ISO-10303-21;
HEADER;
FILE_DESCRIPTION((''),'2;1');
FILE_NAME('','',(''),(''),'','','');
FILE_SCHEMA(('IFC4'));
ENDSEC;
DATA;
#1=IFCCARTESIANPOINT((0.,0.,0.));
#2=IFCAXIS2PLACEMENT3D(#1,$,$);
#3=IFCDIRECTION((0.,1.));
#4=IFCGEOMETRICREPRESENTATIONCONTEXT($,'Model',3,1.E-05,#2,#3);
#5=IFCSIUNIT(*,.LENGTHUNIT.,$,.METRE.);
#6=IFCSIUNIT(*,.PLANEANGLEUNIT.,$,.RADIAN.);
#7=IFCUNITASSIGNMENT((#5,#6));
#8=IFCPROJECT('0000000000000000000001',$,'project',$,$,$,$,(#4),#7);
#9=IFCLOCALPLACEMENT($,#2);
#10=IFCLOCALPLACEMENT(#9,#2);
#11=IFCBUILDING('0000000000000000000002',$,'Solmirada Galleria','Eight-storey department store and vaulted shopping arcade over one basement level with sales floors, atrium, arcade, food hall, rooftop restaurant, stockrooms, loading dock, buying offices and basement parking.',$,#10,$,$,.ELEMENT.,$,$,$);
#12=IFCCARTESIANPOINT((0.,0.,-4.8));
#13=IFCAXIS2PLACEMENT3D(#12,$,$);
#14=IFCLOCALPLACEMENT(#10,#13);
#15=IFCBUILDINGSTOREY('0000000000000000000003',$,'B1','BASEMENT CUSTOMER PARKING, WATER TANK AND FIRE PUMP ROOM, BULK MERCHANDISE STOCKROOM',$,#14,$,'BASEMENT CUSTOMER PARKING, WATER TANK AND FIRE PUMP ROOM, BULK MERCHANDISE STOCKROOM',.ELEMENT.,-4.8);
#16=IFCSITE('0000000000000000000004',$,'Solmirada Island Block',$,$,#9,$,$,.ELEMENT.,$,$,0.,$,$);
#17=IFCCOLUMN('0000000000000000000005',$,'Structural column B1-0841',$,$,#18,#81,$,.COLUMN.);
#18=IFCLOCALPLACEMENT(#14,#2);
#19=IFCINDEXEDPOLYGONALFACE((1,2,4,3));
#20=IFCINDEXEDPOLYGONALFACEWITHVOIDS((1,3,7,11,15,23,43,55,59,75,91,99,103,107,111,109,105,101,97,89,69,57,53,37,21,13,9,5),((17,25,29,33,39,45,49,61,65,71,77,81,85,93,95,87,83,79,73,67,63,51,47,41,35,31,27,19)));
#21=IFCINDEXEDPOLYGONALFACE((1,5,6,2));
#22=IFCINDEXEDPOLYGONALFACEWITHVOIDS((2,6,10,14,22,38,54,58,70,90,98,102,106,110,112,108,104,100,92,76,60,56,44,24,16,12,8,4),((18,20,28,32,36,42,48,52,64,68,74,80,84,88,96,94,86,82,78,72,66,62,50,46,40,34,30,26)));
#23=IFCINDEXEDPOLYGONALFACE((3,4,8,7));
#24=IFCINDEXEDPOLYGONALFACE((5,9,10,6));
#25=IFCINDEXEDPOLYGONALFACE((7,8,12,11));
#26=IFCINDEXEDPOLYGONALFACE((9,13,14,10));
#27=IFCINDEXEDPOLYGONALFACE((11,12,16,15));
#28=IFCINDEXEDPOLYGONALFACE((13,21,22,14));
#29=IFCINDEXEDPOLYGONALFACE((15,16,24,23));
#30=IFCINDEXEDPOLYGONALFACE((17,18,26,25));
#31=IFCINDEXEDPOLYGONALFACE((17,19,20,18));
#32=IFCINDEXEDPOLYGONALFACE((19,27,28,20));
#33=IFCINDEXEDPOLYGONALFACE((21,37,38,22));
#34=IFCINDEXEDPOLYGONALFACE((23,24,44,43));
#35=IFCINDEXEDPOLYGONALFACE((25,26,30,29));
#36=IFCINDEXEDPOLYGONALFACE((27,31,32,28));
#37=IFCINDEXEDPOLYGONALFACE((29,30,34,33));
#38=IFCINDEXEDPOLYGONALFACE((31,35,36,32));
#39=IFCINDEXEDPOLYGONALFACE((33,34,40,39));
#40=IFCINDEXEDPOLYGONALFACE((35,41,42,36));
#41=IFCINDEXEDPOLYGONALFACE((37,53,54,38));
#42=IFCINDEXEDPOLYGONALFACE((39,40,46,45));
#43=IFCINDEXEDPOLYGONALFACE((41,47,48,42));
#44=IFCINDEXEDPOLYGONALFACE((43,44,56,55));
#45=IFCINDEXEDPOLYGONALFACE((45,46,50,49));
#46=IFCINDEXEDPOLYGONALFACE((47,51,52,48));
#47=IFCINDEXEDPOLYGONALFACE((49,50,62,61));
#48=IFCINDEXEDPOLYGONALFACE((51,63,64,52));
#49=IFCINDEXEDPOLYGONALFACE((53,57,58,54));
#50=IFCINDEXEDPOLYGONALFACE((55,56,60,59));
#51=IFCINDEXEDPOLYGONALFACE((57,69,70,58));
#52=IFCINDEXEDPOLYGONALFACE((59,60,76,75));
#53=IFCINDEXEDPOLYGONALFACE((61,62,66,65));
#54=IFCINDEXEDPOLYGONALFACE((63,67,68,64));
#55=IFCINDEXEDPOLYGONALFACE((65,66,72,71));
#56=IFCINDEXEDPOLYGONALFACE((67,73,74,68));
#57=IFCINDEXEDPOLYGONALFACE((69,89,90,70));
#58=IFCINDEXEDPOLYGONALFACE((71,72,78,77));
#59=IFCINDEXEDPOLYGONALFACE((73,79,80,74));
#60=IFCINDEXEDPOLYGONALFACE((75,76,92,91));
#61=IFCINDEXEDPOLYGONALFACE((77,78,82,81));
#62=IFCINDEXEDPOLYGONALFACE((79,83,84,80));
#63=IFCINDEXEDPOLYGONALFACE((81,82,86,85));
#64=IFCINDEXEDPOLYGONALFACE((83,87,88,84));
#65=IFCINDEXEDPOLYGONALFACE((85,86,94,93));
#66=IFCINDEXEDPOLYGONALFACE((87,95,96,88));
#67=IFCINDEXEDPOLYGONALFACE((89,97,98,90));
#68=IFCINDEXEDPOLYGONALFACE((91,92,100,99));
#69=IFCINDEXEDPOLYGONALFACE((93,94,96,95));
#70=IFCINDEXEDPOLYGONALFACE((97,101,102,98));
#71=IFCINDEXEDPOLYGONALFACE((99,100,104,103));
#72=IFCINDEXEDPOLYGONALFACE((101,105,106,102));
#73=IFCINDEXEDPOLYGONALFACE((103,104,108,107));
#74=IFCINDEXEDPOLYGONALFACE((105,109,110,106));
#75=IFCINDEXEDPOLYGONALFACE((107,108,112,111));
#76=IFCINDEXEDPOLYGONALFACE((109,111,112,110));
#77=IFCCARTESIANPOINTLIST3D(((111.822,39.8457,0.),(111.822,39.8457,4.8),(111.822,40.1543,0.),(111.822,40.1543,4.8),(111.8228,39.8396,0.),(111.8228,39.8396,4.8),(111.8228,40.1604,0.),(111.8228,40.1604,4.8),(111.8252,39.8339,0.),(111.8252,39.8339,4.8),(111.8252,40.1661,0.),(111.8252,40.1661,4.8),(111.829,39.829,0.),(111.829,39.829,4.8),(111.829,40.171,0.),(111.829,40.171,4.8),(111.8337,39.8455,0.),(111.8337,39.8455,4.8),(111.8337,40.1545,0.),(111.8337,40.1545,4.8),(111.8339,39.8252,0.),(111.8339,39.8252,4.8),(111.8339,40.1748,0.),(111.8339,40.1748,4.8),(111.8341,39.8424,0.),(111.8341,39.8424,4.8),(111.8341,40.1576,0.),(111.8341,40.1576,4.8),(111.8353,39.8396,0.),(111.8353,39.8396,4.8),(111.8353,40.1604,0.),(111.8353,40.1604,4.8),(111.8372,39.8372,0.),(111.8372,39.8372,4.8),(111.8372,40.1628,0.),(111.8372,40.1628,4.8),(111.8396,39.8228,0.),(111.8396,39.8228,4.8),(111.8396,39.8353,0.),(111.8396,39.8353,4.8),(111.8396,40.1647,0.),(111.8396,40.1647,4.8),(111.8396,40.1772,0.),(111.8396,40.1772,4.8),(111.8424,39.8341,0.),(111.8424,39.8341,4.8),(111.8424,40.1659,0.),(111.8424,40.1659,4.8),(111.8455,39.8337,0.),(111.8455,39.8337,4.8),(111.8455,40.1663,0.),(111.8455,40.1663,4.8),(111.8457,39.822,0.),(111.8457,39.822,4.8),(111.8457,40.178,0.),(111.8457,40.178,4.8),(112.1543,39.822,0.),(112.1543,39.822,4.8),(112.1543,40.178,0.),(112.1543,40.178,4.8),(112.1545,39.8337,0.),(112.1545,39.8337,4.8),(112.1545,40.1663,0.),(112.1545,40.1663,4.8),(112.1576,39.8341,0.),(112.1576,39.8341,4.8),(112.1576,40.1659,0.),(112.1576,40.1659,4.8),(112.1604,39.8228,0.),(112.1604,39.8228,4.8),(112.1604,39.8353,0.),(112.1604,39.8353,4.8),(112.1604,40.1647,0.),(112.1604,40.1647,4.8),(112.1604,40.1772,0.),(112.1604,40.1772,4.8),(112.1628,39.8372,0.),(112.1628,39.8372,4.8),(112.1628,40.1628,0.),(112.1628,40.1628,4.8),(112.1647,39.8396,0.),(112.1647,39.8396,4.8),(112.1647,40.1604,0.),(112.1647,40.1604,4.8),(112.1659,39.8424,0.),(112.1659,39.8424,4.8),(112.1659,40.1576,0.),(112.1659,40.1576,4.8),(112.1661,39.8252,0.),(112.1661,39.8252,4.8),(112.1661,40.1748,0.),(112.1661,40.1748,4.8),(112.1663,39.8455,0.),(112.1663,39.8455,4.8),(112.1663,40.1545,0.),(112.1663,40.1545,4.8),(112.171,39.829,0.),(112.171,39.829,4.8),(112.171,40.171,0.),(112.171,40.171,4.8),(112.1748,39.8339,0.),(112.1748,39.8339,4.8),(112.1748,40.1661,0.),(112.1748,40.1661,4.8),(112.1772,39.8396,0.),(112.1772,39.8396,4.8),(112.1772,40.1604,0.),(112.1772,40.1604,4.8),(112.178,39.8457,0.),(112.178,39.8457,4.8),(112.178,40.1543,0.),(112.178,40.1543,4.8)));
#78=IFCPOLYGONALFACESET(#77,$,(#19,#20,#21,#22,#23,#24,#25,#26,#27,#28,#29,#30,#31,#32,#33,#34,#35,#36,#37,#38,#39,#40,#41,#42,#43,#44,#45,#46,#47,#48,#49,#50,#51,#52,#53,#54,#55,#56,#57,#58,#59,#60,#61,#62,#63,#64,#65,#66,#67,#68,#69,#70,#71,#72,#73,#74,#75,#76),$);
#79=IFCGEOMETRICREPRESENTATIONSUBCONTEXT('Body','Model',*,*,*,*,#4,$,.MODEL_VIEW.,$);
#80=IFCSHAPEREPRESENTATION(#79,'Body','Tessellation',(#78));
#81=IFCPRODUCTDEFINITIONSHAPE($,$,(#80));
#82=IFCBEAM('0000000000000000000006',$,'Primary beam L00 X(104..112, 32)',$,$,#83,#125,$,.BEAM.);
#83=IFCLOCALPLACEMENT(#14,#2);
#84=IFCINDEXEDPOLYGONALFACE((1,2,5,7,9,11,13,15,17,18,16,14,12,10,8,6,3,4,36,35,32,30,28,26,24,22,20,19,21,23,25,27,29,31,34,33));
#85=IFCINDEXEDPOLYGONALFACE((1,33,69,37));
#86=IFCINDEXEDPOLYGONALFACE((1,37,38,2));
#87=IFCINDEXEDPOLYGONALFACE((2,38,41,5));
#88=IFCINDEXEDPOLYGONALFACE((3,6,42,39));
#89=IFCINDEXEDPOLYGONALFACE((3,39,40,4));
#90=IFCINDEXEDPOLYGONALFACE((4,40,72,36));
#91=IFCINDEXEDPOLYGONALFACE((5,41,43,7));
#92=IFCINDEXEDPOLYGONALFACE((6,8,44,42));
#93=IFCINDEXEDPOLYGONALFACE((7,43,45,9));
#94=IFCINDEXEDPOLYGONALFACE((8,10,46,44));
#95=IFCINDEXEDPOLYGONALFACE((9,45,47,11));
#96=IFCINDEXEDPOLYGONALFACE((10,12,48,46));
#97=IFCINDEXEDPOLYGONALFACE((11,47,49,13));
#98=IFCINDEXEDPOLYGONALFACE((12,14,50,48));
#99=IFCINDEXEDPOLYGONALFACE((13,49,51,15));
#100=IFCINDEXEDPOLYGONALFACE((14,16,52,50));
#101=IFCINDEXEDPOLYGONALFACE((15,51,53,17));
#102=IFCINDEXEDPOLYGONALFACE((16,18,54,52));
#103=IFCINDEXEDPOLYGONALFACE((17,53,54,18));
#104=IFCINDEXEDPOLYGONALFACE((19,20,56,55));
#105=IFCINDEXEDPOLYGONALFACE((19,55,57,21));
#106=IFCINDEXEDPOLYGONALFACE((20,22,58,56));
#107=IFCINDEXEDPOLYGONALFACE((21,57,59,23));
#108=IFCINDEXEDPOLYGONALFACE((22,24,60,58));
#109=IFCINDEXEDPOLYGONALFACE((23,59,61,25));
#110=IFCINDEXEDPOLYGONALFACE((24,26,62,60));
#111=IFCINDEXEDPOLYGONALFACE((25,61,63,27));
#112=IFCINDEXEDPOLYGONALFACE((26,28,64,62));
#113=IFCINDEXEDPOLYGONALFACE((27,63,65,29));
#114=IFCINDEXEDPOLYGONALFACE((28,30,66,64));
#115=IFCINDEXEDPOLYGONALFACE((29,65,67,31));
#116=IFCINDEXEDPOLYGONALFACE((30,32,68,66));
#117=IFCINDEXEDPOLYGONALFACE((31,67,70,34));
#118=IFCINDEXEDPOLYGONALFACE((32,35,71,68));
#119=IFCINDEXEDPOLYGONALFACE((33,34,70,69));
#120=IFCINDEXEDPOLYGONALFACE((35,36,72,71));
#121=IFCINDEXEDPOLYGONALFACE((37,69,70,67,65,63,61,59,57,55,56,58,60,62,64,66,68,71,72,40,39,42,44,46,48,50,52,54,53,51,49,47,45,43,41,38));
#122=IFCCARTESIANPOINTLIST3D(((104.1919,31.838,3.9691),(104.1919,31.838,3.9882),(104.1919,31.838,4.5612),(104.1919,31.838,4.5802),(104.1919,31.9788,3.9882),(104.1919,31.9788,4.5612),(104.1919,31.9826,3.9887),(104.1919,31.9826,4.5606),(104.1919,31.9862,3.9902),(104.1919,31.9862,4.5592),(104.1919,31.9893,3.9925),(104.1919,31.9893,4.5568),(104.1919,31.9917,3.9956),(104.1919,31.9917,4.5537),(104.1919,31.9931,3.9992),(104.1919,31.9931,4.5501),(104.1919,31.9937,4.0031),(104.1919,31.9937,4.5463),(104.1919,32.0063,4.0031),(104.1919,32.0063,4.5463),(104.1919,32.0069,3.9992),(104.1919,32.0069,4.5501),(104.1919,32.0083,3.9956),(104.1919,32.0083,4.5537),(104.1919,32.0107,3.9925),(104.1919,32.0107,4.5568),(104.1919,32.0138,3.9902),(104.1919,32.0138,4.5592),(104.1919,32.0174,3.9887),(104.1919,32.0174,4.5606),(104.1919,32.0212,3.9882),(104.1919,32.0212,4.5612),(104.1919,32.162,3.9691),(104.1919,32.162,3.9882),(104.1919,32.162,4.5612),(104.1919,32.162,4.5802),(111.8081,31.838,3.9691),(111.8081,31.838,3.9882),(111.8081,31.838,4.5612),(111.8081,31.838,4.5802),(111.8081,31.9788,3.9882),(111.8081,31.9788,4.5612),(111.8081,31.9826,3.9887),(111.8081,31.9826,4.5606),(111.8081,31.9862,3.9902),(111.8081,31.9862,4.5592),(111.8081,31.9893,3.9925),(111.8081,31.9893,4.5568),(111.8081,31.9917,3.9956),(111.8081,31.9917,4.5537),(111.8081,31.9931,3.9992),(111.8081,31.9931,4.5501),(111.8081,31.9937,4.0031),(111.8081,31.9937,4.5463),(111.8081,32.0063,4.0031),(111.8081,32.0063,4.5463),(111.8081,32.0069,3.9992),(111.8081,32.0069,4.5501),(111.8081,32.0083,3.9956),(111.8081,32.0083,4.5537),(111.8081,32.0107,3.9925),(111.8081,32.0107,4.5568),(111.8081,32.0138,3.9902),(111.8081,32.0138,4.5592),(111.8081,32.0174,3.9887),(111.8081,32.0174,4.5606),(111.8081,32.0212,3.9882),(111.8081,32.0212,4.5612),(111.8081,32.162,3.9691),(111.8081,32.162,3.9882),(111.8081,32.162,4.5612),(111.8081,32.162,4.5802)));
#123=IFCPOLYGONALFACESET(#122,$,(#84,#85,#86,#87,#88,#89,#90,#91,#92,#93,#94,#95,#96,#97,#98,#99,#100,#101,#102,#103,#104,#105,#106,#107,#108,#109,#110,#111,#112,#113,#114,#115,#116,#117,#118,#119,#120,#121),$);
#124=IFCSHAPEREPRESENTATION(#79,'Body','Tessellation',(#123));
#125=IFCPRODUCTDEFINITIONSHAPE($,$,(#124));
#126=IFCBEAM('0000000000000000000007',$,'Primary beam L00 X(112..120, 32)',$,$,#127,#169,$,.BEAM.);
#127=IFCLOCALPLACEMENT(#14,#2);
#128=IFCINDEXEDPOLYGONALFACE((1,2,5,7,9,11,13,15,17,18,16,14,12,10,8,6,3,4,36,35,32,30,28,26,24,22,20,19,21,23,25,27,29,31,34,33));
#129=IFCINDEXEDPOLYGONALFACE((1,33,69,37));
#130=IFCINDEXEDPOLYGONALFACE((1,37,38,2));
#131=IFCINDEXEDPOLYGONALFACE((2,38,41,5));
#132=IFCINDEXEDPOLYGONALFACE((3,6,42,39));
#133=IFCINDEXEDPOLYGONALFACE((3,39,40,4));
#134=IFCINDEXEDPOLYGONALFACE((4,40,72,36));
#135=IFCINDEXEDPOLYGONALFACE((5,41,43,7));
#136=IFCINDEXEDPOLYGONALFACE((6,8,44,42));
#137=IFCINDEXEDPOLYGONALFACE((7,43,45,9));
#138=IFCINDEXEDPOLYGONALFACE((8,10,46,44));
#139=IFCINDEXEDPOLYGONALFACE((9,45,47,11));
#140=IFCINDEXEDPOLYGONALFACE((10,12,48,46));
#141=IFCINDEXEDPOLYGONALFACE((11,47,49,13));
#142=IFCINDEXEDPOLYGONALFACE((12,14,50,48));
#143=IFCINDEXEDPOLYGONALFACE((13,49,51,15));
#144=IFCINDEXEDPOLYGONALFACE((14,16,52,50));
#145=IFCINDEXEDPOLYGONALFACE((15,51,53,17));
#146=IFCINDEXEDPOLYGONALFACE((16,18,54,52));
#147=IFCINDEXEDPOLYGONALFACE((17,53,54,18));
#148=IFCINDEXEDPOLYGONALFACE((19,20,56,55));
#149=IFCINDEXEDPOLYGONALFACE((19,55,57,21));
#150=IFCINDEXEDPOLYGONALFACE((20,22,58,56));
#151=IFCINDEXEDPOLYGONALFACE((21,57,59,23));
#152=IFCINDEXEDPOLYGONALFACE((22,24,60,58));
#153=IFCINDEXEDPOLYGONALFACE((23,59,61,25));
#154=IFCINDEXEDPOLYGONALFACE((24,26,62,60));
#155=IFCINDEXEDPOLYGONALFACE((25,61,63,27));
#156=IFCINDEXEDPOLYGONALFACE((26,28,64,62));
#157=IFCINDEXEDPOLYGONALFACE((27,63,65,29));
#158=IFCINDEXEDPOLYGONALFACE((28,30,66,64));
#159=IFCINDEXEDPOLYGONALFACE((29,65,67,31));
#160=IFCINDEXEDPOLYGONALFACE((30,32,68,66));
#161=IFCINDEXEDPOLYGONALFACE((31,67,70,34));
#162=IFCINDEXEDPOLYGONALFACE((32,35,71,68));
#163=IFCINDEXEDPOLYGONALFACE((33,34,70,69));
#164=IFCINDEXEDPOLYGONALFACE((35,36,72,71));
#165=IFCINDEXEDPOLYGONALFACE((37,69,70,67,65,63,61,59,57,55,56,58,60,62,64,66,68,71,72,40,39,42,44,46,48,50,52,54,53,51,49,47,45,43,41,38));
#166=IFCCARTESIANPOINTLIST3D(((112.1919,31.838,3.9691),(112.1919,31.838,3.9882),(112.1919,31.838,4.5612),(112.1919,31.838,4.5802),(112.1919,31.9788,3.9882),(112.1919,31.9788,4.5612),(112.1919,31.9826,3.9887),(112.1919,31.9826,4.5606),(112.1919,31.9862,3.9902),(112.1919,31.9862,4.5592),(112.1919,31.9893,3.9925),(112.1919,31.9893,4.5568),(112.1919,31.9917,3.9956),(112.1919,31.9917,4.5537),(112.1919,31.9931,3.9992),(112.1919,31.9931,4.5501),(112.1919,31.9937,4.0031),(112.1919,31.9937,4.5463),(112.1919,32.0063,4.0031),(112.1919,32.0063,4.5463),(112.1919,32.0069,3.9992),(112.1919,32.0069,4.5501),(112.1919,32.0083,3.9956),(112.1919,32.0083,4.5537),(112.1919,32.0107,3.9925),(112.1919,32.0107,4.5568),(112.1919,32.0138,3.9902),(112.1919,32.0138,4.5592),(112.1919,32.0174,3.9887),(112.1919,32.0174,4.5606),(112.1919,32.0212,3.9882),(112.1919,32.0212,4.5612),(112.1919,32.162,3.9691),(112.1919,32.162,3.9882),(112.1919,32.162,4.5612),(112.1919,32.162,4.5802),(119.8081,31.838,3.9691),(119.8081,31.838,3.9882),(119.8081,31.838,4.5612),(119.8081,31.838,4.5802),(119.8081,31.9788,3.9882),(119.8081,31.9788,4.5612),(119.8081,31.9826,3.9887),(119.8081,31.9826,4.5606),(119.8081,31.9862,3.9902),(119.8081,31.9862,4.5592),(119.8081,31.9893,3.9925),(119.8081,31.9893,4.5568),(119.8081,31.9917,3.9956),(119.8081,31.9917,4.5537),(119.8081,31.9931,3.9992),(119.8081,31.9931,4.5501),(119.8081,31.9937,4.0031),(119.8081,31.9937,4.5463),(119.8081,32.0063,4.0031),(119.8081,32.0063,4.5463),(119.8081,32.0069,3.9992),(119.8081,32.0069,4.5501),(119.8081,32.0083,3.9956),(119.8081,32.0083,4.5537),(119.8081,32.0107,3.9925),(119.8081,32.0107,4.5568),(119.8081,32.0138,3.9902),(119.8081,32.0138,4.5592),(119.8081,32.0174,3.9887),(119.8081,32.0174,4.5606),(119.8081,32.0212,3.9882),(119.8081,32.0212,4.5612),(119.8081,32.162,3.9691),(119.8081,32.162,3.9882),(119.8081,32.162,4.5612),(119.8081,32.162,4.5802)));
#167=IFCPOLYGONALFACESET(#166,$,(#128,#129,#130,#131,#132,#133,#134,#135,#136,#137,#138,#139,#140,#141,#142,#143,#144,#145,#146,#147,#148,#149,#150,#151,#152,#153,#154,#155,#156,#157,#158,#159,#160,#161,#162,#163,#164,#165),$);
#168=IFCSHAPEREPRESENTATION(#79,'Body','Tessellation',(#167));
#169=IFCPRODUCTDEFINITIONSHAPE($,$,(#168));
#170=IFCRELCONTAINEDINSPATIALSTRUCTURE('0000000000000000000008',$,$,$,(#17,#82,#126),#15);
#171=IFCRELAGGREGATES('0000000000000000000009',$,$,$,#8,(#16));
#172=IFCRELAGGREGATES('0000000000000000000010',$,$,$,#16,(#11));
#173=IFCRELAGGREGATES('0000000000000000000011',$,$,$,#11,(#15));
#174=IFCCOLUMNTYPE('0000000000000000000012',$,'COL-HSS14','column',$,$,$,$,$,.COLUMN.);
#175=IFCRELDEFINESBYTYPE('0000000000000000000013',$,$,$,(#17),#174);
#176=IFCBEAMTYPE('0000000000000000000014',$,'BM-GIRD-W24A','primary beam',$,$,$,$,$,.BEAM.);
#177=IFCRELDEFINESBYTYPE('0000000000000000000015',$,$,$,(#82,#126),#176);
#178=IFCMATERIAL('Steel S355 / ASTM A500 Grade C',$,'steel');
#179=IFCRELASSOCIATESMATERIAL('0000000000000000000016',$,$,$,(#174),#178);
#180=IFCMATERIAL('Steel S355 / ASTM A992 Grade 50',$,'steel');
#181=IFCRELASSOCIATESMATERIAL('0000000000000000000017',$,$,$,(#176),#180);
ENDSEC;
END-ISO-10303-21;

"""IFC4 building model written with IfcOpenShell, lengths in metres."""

from ifc_helpers import new_model, si_unit, direction, frame, origin, origin_2d, place, context, subcontext, project, spatial, hollow_rectangle, i_section, extrude, material, material_profile, profile_set, type_object, element, save


model = new_model("IFC4")

# Units and contexts
model_context = context("Model", 3, precision=1e-05, world=origin(), true_north=direction((0.0, 1.0)))
body_context = subcontext(model_context, "Body", "Model", "MODEL_VIEW")
ifc_project = project(units=[si_unit("LENGTHUNIT", "METRE"), si_unit("PLANEANGLEUNIT", "RADIAN")], contexts=[model_context])

# Site, building, storey
site_placement = place(None, origin())
site = spatial("IfcSite", under=ifc_project, at=site_placement, Name="Solmirada Island Block", CompositionType="ELEMENT", RefElevation=0.0)
building_placement = place(site_placement, origin())
building = spatial("IfcBuilding", under=site, at=building_placement, Name="Solmirada Galleria", Description="Eight-storey department store and vaulted shopping arcade over one basement level with sales floors, atrium, arcade, food hall, rooftop restaurant, stockrooms, loading dock, buying offices and basement parking.", CompositionType="ELEMENT")
storey_placement = place(building_placement, frame((0.0, 0.0, -4.8)))
storey = spatial("IfcBuildingStorey", under=building, at=storey_placement, Name="B1", Description="BASEMENT CUSTOMER PARKING, WATER TANK AND FIRE PUMP ROOM, BULK MERCHANDISE STOCKROOM", LongName="BASEMENT CUSTOMER PARKING, WATER TANK AND FIRE PUMP ROOM, BULK MERCHANDISE STOCKROOM", CompositionType="ELEMENT", Elevation=-4.8)

# Column
ifc_material_1 = material(Name="Steel S355 / ASTM A500 Grade C", Category="steel")
ifc_material_profile_1 = material_profile(ifc_material_1, hollow_rectangle(XDim=0.356, YDim=0.356, WallThickness=0.0117, InnerFilletRadius=0.0117, OuterFilletRadius=0.0237, at=origin_2d()), Name="HSS14X14X1/2")
ifc_profile_set_1 = profile_set([ifc_material_profile_1], Name="Steel S355 / ASTM A500 Grade C")
column_type_1 = type_object("IfcColumnType", Name="COL-HSS14", Description="column", PredefinedType="COLUMN", material=ifc_profile_set_1)
for number, where, z_axis, x_axis, name in (
    (1, (112.0, 40.0, 0.0), (0.0, 0.0, 1.0), (1.0, 0.0, 0.0), "Structural column B1-0841"),
):
    element("IfcColumn", number, at=place(storey_placement, frame(where, z_axis=z_axis, x_axis=x_axis)), inside=storey, type_object=column_type_1, Name=name, PredefinedType="COLUMN", context=body_context, shape_type="SweptSolid", body=[
        extrude(hollow_rectangle(XDim=0.356, YDim=0.356, WallThickness=0.0117, InnerFilletRadius=0.0117, OuterFilletRadius=0.0237, at=origin_2d()), origin(), (0.0, 0.0, 1.0), 4.8),
    ])

# Beams
ifc_material_2 = material(Name="Steel S355 / ASTM A992 Grade 50", Category="steel")
ifc_material_profile_2 = material_profile(ifc_material_2, i_section(OverallWidth=0.324, OverallDepth=0.6111, WebThickness=0.0127, FlangeThickness=0.019, FilletRadius=0.0149, at=origin_2d()), Name="W24X104")
ifc_profile_set_2 = profile_set([ifc_material_profile_2], Name="Steel S355 / ASTM A992 Grade 50")
beam_type_1 = type_object("IfcBeamType", Name="BM-GIRD-W24A", Description="primary beam", PredefinedType="BEAM", material=ifc_profile_set_2)
for number, where, z_axis, x_axis, name in (
    (2, (104.1919, 32.0, 4.2747), (1.0, 0.0, 0.0), (0.0, 1.0, 0.0), "Primary beam L00 X(104..112, 32)"),
    (3, (112.1919, 32.0, 4.2747), (1.0, 0.0, 0.0), (0.0, 1.0, 0.0), "Primary beam L00 X(112..120, 32)"),
):
    element("IfcBeam", number, at=place(storey_placement, frame(where, z_axis=z_axis, x_axis=x_axis)), inside=storey, type_object=beam_type_1, Name=name, PredefinedType="BEAM", context=body_context, shape_type="SweptSolid", body=[
        extrude(i_section(OverallWidth=0.324, OverallDepth=0.6111, WebThickness=0.0127, FlangeThickness=0.019, FilletRadius=0.0149, at=origin_2d()), origin(), (0.0, 0.0, 1.0), 7.6162),
    ])

save(model, "model.ifc")
